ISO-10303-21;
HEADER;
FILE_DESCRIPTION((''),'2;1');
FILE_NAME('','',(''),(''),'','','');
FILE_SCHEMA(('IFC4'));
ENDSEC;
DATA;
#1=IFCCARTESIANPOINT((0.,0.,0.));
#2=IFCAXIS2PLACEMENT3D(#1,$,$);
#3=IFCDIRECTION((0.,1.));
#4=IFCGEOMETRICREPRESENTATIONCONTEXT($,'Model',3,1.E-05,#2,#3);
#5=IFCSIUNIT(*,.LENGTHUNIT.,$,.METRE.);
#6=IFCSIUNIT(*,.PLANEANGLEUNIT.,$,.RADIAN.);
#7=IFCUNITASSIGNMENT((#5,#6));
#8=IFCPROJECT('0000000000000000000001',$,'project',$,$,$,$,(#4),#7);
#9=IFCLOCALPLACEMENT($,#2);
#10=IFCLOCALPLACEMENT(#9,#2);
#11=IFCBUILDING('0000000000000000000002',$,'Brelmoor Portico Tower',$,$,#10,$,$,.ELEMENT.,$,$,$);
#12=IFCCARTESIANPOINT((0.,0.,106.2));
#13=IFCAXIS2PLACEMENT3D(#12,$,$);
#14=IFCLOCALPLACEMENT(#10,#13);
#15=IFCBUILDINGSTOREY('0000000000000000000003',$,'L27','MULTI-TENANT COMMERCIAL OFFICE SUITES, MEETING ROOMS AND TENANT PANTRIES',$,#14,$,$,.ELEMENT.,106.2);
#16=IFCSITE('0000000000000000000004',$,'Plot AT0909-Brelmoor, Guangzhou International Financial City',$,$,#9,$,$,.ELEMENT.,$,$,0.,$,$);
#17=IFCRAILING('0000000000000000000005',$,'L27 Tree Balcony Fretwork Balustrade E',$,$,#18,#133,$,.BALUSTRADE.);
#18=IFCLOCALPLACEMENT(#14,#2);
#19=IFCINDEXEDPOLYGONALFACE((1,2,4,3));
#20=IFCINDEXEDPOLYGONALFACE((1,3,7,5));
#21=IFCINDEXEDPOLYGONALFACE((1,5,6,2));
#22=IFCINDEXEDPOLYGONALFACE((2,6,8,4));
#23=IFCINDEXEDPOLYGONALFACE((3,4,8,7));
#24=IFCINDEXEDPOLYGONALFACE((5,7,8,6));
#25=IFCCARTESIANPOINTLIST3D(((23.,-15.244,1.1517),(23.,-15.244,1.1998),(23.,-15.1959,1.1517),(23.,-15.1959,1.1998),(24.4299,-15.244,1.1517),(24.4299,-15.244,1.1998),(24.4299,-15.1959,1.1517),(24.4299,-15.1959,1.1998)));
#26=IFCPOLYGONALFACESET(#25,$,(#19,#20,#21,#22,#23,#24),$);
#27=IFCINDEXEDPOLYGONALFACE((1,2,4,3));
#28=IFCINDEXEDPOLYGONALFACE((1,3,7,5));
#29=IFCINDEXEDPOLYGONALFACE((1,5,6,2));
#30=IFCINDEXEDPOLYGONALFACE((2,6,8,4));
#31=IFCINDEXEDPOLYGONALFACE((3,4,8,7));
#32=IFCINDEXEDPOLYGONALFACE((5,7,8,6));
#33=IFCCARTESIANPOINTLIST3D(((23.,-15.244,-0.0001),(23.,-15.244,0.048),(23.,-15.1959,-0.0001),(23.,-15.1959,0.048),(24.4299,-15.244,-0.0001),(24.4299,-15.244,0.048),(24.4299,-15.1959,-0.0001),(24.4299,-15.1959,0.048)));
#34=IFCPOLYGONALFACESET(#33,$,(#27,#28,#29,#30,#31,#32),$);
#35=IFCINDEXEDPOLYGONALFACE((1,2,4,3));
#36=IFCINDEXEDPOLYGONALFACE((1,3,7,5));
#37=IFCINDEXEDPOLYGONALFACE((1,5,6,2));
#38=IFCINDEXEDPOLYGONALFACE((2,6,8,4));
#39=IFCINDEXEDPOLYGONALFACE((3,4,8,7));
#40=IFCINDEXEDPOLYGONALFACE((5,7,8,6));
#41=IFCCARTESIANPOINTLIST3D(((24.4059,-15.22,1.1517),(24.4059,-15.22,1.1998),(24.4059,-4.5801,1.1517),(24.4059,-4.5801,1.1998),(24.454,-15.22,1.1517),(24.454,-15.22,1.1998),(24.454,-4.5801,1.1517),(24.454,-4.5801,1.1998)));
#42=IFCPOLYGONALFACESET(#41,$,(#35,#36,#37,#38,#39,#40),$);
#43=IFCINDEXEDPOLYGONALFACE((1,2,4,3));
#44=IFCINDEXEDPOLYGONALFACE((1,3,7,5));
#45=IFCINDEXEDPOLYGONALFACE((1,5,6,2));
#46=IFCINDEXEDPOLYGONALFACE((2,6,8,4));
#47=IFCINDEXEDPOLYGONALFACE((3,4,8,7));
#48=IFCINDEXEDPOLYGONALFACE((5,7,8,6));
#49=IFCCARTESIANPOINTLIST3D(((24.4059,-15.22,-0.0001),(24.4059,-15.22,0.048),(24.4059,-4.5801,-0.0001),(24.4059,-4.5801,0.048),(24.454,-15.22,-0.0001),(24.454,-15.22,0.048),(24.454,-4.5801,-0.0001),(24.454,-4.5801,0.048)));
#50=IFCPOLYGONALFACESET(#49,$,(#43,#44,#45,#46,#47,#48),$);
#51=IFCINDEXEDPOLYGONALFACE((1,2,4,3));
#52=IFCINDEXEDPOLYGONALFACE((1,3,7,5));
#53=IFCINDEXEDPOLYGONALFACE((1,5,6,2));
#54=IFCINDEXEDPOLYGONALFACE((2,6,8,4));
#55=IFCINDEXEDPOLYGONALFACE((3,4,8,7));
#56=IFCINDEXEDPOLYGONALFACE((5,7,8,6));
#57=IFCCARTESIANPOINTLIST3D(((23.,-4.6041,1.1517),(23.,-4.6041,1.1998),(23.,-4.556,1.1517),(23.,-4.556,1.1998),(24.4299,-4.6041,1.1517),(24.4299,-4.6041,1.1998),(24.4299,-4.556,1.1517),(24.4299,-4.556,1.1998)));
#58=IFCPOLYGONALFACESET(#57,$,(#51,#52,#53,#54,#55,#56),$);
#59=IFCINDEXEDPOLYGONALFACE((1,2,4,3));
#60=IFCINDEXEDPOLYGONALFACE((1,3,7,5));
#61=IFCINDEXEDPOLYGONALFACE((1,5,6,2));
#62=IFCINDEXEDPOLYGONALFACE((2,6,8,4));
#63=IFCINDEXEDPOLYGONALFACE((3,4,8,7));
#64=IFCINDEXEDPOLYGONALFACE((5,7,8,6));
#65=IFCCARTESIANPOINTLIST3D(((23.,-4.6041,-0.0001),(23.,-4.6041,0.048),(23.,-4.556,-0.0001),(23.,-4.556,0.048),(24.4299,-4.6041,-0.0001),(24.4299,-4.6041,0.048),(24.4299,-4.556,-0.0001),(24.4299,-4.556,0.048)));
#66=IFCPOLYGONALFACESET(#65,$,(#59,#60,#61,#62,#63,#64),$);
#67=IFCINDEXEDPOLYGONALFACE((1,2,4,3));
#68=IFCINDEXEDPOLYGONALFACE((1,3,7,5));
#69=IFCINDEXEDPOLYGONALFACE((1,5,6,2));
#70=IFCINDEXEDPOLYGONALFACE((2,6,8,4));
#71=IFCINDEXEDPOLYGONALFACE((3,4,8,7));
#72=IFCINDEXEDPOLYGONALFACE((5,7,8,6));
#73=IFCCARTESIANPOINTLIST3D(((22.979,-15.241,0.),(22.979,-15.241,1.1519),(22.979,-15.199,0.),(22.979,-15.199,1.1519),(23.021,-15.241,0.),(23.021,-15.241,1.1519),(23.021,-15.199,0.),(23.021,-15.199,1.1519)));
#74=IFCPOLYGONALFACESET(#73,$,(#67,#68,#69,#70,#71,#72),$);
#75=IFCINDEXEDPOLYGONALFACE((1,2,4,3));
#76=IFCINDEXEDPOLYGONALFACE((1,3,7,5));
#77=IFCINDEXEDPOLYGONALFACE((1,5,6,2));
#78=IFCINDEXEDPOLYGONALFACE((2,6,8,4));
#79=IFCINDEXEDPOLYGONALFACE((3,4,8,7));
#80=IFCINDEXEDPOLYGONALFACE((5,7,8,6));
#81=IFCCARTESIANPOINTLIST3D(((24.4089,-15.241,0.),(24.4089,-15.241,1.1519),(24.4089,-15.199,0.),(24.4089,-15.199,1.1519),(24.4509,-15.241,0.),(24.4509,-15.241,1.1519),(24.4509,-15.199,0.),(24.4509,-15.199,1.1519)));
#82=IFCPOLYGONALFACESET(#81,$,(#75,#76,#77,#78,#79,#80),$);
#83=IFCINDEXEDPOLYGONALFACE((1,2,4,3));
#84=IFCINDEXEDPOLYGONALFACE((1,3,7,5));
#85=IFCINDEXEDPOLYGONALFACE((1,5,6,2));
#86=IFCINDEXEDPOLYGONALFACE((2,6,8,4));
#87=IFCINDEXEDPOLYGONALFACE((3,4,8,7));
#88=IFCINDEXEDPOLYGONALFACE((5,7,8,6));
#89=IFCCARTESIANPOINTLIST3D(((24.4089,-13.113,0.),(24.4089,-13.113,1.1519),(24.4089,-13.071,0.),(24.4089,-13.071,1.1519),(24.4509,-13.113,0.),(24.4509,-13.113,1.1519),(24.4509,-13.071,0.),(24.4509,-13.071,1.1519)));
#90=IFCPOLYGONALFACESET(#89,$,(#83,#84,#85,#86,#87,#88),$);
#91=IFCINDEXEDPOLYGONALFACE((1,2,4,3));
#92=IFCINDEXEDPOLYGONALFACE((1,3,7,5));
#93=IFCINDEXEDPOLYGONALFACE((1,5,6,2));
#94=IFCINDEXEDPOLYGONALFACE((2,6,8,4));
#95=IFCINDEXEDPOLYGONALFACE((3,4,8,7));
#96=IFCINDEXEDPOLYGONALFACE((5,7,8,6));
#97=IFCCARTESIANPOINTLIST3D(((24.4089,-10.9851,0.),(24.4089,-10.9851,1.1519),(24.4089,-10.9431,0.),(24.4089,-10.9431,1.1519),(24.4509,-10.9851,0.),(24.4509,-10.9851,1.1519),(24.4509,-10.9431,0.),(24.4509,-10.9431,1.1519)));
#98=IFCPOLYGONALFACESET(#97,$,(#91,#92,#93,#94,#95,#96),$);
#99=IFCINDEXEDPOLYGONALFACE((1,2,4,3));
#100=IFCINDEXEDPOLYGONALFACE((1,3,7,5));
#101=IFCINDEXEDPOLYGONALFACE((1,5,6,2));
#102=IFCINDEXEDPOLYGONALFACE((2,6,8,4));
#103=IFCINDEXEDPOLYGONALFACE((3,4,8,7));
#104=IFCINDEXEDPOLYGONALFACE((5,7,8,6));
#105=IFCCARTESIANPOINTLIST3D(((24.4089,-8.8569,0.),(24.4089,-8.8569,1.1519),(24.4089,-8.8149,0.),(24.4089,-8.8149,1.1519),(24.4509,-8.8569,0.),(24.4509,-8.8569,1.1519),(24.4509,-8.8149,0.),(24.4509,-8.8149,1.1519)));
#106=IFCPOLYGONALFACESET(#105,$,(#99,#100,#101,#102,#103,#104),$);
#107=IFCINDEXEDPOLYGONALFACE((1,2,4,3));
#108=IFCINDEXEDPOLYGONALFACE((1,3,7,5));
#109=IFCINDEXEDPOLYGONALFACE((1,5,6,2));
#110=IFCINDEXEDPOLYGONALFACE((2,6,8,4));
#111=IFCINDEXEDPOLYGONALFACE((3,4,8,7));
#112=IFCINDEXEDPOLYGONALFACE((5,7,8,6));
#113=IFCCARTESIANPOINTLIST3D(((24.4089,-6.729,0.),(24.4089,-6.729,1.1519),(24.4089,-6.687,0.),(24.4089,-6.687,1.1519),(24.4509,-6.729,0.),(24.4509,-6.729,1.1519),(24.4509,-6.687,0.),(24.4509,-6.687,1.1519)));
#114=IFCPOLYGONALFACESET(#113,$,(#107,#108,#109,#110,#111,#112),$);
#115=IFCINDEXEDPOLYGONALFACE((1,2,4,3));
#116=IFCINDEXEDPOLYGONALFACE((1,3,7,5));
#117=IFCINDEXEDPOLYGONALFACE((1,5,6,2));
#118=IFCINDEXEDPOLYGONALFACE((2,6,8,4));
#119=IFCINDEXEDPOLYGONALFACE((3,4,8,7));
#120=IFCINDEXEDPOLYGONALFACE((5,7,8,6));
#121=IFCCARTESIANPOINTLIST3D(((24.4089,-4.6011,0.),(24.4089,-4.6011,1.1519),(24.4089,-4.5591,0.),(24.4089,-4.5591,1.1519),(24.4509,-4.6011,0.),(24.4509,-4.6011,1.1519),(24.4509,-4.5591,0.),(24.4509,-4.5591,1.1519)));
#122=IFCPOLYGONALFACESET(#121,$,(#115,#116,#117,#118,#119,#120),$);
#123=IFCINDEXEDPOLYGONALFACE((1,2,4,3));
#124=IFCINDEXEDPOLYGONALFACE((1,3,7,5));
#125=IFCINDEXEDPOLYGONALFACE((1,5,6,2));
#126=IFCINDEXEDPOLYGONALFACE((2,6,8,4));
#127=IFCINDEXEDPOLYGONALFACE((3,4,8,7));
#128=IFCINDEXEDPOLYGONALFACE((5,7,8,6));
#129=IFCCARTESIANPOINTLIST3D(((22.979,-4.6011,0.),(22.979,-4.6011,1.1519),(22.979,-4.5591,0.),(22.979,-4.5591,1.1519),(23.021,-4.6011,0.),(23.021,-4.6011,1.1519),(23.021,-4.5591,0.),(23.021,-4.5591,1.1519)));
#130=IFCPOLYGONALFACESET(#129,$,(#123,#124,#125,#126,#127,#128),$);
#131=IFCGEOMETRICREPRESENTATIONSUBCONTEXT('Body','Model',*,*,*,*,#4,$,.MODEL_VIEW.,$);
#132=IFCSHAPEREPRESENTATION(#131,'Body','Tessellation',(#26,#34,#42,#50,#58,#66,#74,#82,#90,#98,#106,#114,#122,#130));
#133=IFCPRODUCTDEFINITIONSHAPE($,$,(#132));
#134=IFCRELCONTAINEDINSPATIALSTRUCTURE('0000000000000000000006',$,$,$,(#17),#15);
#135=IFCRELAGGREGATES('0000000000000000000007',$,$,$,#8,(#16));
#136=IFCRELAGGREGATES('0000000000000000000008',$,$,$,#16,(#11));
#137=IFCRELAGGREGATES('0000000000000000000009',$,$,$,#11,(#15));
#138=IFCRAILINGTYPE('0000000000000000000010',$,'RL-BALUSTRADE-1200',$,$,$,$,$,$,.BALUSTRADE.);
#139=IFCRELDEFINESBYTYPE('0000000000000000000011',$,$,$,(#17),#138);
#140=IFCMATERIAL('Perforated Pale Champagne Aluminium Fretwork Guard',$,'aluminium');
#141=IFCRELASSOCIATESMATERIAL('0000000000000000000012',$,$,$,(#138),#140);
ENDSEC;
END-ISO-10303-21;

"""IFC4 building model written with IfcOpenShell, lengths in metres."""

from ifc_helpers import new_model, si_unit, direction, frame, origin, origin_2d, place, context, subcontext, project, spatial, rectangle, extrude, material, type_object, element, save


model = new_model("IFC4")

# Units and contexts
model_context = context("Model", 3, precision=1e-05, world=origin(), true_north=direction((0.0, 1.0)))
body_context = subcontext(model_context, "Body", "Model", "MODEL_VIEW")
ifc_project = project(units=[si_unit("LENGTHUNIT", "METRE"), si_unit("PLANEANGLEUNIT", "RADIAN")], contexts=[model_context])

# Site, building, storey
site_placement = place(None, origin())
site = spatial("IfcSite", under=ifc_project, at=site_placement, Name="Plot AT0909-Brelmoor, Guangzhou International Financial City", CompositionType="ELEMENT", RefElevation=0.0)
building_placement = place(site_placement, origin())
building = spatial("IfcBuilding", under=site, at=building_placement, Name="Brelmoor Portico Tower", CompositionType="ELEMENT")
storey_placement = place(building_placement, frame((0.0, 0.0, 106.2)))
storey = spatial("IfcBuildingStorey", under=building, at=storey_placement, Name="L27", Description="MULTI-TENANT COMMERCIAL OFFICE SUITES, MEETING ROOMS AND TENANT PANTRIES", CompositionType="ELEMENT", Elevation=106.2)

# Railing
ifc_material_1 = material(Name="Perforated Pale Champagne Aluminium Fretwork Guard", Category="aluminium")
railing_type = type_object("IfcRailingType", Name="RL-BALUSTRADE-1200", PredefinedType="BALUSTRADE", material=ifc_material_1)
railing_placement = place(storey_placement, frame((23.0, -15.22, 0.0)))
element("IfcRailing", 1, at=railing_placement, inside=storey, type_object=railing_type, Name="L27 Tree Balcony Fretwork Balustrade E", PredefinedType="BALUSTRADE", context=body_context, shape_type="SweptSolid", body=[
    extrude(rectangle(XDim=0.0481, YDim=0.0481, at=origin_2d()), frame((0.0, 0.0, 1.1758), z_axis=(1.0, 0.0, 0.0), x_axis=(0.0, 1.0, 0.0)), (0.0, 0.0, 1.0), 1.4299),
    extrude(rectangle(XDim=0.0481, YDim=0.0481, at=origin_2d()), frame((0.0, 0.0, 0.0239), z_axis=(1.0, 0.0, 0.0), x_axis=(0.0, 1.0, 0.0)), (0.0, 0.0, 1.0), 1.4299),
    extrude(rectangle(XDim=0.0481, YDim=0.0481, at=origin_2d()), frame((1.4299, 0.0, 1.1758), z_axis=(0.0, 1.0, 0.0), x_axis=(-1.0, 0.0, 0.0)), (0.0, 0.0, 1.0), 10.6399),
    extrude(rectangle(XDim=0.0481, YDim=0.0481, at=origin_2d()), frame((1.4299, 0.0, 0.0239), z_axis=(0.0, 1.0, 0.0), x_axis=(-1.0, 0.0, 0.0)), (0.0, 0.0, 1.0), 10.6399),
    extrude(rectangle(XDim=0.0481, YDim=0.0481, at=origin_2d()), frame((1.4299, 10.6399, 1.1758), z_axis=(-1.0, 0.0, 0.0), x_axis=(0.0, -1.0, 0.0)), (0.0, 0.0, 1.0), 1.4299),
    extrude(rectangle(XDim=0.0481, YDim=0.0481, at=origin_2d()), frame((1.4299, 10.6399, 0.0239), z_axis=(-1.0, 0.0, 0.0), x_axis=(0.0, -1.0, 0.0)), (0.0, 0.0, 1.0), 1.4299),
    extrude(rectangle(XDim=0.042, YDim=0.042, at=origin_2d()), origin(), (0.0, 0.0, 1.0), 1.1519),
    extrude(rectangle(XDim=0.042, YDim=0.042, at=origin_2d()), frame((1.4299, 0.0, 0.0)), (0.0, 0.0, 1.0), 1.1519),
    extrude(rectangle(XDim=0.042, YDim=0.042, at=origin_2d()), frame((1.4299, 2.1279, 0.0)), (0.0, 0.0, 1.0), 1.1519),
    extrude(rectangle(XDim=0.042, YDim=0.042, at=origin_2d()), frame((1.4299, 4.2559, 0.0)), (0.0, 0.0, 1.0), 1.1519),
    extrude(rectangle(XDim=0.042, YDim=0.042, at=origin_2d()), frame((1.4299, 6.384, 0.0)), (0.0, 0.0, 1.0), 1.1519),
    extrude(rectangle(XDim=0.042, YDim=0.042, at=origin_2d()), frame((1.4299, 8.512, 0.0)), (0.0, 0.0, 1.0), 1.1519),
    extrude(rectangle(XDim=0.042, YDim=0.042, at=origin_2d()), frame((1.4299, 10.6399, 0.0)), (0.0, 0.0, 1.0), 1.1519),
    extrude(rectangle(XDim=0.042, YDim=0.042, at=origin_2d()), frame((0.0, 10.6399, 0.0)), (0.0, 0.0, 1.0), 1.1519),
])

save(model, "model.ifc")
